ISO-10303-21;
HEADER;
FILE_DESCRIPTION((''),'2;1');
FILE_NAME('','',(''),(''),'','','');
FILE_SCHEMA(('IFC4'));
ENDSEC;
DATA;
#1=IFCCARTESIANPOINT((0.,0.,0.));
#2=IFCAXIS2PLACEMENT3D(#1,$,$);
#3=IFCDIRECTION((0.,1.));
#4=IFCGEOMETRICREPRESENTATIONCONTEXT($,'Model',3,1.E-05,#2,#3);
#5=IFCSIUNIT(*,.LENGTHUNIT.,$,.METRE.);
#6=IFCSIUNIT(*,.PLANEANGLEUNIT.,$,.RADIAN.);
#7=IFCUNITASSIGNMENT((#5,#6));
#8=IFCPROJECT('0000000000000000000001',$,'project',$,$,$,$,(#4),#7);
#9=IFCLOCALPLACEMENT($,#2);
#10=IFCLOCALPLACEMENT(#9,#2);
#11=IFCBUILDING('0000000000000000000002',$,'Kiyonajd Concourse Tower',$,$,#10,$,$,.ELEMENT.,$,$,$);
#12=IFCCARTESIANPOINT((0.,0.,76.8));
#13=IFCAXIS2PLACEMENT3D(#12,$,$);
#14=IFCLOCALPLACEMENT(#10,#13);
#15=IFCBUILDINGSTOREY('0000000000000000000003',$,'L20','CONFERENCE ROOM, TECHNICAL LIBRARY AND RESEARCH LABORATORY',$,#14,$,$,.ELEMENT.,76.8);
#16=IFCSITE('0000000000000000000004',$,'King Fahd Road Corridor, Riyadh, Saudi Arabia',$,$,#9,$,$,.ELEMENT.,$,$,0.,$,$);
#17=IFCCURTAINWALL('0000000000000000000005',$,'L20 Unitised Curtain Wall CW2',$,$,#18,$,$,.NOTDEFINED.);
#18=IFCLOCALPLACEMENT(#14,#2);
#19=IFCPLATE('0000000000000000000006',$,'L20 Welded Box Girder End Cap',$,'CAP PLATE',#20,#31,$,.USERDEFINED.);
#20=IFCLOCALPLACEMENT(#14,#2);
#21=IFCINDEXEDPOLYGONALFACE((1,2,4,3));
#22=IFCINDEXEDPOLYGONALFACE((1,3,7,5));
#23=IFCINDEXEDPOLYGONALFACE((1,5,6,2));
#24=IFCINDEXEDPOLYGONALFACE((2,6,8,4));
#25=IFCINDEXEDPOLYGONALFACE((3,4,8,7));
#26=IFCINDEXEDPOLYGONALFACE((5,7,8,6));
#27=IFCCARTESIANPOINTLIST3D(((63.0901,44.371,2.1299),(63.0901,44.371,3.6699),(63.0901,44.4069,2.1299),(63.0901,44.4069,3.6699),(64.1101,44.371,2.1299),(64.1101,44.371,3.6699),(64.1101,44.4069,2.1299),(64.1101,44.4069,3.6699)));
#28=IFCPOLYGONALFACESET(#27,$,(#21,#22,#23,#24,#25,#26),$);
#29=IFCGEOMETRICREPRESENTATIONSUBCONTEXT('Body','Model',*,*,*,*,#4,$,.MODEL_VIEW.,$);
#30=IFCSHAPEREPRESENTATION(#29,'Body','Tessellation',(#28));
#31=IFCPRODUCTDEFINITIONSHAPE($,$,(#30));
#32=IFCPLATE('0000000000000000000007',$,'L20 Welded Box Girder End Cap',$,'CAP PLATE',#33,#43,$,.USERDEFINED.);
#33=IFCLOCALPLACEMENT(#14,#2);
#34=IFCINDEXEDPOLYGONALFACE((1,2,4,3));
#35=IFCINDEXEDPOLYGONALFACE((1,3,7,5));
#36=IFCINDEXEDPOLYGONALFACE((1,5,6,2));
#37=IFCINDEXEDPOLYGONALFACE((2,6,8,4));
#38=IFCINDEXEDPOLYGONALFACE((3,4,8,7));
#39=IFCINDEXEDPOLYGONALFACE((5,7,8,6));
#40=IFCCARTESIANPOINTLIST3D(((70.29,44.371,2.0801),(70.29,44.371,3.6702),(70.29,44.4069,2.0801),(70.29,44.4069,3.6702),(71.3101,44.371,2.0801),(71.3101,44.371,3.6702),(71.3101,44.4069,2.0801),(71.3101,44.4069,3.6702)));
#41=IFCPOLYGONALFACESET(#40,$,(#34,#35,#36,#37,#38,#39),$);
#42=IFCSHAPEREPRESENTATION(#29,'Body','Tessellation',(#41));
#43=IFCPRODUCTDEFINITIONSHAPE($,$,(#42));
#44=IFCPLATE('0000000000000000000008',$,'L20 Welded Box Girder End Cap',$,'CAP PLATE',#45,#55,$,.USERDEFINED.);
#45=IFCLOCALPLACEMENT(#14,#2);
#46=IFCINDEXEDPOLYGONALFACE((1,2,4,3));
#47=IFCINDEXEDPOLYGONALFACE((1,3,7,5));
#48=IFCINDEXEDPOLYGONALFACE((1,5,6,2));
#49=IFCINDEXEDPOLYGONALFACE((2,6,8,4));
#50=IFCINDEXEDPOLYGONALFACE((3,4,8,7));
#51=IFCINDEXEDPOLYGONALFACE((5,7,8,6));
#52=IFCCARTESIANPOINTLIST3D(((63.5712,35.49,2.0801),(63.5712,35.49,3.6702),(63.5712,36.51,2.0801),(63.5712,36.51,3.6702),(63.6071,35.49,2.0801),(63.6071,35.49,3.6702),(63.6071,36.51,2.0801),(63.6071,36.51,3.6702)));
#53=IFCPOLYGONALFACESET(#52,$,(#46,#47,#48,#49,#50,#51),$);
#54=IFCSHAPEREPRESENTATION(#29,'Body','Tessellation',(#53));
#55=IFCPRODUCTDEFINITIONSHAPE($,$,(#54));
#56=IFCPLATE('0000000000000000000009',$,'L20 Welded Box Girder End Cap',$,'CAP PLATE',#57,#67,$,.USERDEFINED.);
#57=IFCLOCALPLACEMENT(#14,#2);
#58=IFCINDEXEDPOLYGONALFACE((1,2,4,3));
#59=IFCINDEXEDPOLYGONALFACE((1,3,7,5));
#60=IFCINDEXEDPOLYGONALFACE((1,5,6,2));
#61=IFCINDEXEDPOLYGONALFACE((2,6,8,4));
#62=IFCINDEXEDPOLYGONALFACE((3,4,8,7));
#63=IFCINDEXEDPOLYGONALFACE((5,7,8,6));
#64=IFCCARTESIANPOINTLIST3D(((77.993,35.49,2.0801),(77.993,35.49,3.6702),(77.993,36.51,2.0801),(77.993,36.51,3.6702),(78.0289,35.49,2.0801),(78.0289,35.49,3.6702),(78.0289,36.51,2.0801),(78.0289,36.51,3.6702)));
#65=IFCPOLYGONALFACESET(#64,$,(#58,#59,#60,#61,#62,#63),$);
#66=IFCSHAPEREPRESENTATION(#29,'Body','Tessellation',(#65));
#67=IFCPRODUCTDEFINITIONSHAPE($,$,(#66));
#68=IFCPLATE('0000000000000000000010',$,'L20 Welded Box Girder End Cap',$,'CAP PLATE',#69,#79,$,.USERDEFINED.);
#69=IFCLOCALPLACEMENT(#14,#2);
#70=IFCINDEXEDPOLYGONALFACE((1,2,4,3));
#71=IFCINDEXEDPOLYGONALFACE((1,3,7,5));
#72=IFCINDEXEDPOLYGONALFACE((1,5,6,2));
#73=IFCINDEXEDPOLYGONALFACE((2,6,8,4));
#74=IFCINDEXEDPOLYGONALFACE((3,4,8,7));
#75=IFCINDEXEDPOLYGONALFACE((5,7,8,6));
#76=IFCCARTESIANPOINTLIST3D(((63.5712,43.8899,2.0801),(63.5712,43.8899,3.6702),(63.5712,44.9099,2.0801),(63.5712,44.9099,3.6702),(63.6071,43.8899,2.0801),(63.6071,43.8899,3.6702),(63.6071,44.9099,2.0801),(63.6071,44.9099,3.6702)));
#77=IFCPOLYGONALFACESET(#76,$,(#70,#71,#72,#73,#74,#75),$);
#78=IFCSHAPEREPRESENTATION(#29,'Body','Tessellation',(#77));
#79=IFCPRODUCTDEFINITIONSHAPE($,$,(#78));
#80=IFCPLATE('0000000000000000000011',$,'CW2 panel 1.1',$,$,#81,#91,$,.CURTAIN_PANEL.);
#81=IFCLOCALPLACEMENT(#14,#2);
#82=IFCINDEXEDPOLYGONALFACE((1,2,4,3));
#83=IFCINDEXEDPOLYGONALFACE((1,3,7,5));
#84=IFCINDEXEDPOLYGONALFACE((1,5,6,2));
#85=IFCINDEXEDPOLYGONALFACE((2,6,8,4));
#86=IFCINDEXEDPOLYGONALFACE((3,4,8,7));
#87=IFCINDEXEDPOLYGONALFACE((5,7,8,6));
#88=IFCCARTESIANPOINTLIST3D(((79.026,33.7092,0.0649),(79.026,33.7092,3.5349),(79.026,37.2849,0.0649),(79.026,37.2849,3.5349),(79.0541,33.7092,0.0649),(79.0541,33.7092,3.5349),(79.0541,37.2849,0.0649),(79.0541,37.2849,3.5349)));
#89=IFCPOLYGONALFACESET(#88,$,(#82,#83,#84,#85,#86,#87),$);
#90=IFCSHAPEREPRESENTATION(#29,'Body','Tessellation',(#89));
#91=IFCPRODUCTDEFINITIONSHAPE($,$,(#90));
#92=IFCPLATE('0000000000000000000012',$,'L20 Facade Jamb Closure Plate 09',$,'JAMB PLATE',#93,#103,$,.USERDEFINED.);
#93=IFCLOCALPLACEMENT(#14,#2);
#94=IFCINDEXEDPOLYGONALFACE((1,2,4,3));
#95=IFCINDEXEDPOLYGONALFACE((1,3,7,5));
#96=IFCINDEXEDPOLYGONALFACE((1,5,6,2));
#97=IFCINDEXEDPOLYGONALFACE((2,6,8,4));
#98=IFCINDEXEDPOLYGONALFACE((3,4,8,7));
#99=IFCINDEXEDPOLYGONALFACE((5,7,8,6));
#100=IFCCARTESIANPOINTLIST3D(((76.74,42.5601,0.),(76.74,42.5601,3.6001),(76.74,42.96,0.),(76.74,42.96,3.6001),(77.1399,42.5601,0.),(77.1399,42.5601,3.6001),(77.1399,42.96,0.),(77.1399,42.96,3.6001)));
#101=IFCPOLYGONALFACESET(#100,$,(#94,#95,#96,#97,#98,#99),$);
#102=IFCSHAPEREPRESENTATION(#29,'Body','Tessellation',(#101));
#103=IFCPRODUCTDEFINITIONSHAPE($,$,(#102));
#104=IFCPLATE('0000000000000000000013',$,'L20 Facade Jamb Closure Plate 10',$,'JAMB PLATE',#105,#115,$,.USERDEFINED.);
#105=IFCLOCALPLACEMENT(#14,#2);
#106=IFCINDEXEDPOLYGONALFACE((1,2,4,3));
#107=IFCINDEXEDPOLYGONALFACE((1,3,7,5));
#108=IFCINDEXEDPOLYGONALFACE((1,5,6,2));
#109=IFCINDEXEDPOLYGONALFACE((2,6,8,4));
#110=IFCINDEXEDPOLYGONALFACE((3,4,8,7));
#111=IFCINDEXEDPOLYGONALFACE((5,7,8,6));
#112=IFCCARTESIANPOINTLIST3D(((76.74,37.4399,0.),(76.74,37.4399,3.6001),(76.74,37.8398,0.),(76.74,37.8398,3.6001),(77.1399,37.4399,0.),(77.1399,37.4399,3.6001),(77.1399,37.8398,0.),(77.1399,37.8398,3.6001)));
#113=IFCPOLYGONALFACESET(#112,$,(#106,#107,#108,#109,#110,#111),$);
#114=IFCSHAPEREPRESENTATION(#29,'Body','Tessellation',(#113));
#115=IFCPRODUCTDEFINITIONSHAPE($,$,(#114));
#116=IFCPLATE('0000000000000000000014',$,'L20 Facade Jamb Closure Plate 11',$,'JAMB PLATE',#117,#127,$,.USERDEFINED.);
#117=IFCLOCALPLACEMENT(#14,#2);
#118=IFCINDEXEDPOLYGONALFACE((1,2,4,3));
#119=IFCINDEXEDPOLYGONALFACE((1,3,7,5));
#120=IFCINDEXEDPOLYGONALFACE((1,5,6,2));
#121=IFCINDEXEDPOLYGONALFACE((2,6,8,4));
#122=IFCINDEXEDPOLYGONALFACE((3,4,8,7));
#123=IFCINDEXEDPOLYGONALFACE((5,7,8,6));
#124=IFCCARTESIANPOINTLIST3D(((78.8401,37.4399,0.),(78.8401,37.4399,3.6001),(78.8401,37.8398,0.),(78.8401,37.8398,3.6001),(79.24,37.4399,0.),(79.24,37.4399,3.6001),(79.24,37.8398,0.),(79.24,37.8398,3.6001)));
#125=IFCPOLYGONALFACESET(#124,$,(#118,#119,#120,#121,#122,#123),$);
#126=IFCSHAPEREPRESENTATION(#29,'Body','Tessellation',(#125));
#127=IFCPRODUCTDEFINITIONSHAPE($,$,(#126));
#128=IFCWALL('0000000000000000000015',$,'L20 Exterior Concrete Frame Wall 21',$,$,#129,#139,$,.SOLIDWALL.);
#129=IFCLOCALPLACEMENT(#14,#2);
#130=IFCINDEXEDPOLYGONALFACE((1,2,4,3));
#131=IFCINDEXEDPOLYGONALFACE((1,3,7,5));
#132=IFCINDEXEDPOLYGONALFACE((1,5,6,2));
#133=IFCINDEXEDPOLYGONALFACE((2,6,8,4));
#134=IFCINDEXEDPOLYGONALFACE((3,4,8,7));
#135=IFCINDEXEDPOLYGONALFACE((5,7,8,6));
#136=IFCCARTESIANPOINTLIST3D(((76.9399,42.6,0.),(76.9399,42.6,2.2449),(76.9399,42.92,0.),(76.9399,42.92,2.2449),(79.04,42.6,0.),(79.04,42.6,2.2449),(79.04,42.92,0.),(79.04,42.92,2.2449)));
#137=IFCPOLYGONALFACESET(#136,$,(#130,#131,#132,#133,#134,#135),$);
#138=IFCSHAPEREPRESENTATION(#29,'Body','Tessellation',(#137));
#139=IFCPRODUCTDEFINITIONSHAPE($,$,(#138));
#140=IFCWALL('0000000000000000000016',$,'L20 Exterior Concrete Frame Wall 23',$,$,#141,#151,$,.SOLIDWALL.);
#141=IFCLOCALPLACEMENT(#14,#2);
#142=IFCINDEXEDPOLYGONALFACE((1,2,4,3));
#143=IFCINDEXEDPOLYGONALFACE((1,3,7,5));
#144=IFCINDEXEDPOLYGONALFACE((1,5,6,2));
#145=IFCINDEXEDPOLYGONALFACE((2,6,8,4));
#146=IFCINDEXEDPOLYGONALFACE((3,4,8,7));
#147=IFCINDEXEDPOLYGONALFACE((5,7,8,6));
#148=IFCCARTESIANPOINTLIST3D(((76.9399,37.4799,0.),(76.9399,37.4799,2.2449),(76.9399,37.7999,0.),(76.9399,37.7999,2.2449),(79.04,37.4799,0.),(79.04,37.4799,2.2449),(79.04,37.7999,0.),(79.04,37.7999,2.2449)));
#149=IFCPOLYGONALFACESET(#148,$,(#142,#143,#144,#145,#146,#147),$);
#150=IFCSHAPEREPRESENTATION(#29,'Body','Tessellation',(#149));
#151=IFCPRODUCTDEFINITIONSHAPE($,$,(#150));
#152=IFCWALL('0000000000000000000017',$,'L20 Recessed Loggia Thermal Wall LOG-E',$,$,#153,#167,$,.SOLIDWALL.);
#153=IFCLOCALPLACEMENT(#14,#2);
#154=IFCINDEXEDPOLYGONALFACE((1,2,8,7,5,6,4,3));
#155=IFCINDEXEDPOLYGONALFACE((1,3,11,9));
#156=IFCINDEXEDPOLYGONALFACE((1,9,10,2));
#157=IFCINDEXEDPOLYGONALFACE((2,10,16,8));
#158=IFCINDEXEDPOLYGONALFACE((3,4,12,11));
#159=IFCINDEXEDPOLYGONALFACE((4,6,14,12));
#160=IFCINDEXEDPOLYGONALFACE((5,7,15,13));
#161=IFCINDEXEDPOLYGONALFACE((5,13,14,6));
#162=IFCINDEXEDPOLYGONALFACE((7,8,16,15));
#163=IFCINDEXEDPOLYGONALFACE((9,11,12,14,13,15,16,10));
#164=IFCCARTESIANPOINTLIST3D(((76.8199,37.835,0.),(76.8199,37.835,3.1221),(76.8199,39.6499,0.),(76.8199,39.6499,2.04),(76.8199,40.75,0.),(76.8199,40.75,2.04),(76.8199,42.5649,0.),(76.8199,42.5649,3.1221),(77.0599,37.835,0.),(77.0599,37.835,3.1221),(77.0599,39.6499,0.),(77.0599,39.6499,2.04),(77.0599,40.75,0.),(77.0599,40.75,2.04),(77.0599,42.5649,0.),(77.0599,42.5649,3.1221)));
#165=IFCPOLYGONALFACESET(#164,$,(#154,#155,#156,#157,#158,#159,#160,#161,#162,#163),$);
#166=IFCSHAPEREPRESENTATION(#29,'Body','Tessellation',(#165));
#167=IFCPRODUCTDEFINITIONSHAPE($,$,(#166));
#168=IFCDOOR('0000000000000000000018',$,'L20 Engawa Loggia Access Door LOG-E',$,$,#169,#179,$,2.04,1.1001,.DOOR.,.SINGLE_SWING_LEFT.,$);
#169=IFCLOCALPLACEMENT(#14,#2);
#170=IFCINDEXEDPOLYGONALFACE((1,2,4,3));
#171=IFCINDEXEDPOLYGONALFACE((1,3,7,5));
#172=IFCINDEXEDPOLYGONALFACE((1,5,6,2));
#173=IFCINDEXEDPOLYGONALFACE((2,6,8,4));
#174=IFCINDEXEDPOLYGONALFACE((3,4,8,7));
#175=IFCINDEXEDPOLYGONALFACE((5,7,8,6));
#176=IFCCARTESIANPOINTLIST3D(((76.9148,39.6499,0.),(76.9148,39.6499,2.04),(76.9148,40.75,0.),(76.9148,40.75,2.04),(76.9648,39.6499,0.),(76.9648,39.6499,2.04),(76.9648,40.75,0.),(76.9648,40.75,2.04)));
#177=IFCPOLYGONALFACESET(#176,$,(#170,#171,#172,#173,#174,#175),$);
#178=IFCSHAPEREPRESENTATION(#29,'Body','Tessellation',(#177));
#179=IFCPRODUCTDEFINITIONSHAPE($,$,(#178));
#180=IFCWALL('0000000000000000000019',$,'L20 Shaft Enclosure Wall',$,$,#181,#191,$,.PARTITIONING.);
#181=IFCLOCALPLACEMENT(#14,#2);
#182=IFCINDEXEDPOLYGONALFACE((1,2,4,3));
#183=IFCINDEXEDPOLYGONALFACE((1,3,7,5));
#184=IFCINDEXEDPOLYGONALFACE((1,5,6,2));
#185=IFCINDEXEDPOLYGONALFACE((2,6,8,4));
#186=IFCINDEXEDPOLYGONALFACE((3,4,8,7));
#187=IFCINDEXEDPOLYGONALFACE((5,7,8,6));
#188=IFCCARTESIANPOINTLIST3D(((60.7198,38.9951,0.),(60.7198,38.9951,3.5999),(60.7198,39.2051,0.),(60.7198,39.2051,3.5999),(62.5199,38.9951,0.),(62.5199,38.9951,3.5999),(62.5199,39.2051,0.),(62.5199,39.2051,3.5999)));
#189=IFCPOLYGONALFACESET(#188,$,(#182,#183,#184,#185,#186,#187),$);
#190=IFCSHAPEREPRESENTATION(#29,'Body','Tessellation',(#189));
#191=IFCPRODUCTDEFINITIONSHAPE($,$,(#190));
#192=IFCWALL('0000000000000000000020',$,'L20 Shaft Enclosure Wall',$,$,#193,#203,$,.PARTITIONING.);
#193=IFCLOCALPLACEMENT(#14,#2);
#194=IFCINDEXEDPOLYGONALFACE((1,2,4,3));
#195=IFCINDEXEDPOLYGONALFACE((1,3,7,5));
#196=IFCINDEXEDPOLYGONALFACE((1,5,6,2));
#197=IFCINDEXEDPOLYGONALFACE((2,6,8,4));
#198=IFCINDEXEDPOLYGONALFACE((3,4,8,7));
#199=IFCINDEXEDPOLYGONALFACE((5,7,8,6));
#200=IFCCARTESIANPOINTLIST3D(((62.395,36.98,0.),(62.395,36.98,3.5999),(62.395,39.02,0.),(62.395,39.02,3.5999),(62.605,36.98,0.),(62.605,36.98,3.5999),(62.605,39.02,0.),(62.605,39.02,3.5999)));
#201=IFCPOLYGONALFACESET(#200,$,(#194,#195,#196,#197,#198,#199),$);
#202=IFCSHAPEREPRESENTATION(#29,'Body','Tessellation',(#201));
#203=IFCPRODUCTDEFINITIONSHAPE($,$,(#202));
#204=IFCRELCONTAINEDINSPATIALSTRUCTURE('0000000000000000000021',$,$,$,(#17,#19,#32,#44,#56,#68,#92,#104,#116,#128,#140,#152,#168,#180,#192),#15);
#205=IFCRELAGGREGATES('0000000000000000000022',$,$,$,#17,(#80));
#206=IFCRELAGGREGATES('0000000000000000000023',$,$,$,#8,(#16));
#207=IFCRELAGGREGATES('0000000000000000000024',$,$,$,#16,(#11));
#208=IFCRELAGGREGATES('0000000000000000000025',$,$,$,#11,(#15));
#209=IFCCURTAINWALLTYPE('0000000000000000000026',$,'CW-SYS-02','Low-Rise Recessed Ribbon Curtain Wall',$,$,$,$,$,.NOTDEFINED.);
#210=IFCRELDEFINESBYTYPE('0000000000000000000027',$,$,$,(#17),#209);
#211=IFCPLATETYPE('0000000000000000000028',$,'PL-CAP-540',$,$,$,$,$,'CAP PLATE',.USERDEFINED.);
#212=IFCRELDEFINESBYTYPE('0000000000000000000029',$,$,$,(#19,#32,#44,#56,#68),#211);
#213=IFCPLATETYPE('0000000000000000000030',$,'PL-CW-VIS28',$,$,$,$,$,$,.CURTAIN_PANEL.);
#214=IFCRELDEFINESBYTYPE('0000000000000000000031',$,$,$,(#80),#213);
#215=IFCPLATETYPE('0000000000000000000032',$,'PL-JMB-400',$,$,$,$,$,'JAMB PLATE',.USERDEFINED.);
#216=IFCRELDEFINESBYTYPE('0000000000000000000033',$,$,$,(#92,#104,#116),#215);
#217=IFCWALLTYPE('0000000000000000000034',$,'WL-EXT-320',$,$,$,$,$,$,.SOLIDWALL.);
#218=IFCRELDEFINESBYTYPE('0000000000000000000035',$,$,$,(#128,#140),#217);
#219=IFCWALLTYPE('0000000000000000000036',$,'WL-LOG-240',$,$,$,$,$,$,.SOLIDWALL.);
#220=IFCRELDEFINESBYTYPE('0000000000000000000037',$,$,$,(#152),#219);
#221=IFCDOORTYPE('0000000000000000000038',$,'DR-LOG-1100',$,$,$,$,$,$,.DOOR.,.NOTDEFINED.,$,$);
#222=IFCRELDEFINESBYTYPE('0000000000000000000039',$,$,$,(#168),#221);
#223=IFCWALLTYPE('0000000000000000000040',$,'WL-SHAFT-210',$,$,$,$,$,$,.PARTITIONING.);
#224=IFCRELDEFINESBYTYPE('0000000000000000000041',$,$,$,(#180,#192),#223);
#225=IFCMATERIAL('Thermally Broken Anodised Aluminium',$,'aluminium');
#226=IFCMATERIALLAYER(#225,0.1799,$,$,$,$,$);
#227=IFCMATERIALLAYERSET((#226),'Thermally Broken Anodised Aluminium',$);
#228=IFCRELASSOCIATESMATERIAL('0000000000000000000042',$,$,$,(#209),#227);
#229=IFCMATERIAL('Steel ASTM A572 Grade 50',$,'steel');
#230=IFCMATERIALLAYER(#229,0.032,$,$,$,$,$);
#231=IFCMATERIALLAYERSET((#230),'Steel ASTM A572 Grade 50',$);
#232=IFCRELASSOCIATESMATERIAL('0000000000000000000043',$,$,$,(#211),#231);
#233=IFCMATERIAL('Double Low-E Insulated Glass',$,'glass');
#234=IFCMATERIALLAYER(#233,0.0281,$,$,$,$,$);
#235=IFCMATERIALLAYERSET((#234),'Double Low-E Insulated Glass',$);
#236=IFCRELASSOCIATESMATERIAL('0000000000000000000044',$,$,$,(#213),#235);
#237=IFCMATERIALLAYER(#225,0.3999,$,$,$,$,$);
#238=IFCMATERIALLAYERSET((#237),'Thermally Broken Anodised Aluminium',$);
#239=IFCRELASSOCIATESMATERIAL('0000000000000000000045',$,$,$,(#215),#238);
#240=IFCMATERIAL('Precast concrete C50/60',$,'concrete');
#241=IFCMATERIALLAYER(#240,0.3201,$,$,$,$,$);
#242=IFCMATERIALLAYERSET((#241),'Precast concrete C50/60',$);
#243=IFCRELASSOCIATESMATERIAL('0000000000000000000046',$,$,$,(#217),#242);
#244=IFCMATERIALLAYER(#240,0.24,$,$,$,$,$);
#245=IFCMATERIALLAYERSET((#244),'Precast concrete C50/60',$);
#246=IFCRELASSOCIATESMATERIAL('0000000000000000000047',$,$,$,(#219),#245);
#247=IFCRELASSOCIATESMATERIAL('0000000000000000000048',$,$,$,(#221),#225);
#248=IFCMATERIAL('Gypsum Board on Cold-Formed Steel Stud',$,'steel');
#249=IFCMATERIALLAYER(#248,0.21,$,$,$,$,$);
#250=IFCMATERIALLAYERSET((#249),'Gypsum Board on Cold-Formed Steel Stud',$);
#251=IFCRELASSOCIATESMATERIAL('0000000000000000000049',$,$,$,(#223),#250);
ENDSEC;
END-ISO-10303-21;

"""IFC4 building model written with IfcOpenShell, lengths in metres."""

from ifc_helpers import new_model, si_unit, direction, frame, frame_2d, origin, origin_2d, place, context, subcontext, project, spatial, rectangle, extrude, material, layer, layer_set, type_object, element, fill, aggregate, save


model = new_model("IFC4")

# Units and contexts
model_context = context("Model", 3, precision=1e-05, world=origin(), true_north=direction((0.0, 1.0)))
body_context = subcontext(model_context, "Body", "Model", "MODEL_VIEW")
ifc_project = project(units=[si_unit("LENGTHUNIT", "METRE"), si_unit("PLANEANGLEUNIT", "RADIAN")], contexts=[model_context])

# Site, building, storey
site_placement = place(None, origin())
site = spatial("IfcSite", under=ifc_project, at=site_placement, Name="King Fahd Road Corridor, Riyadh, Saudi Arabia", CompositionType="ELEMENT", RefElevation=0.0)
building_placement = place(site_placement, origin())
building = spatial("IfcBuilding", under=site, at=building_placement, Name="Kiyonajd Concourse Tower", CompositionType="ELEMENT")
storey_placement = place(building_placement, frame((0.0, 0.0, 76.8)))
storey = spatial("IfcBuildingStorey", under=building, at=storey_placement, Name="L20", Description="CONFERENCE ROOM, TECHNICAL LIBRARY AND RESEARCH LABORATORY", CompositionType="ELEMENT", Elevation=76.8)

# Shared definitions
ifc_material_1 = material(Name="Steel ASTM A572 Grade 50", Category="steel")

# Curtain wall
ifc_material_2 = material(Name="Thermally Broken Anodised Aluminium", Category="aluminium")
ifc_layer_1 = layer(ifc_material_2, 0.1799)
ifc_layer_set_1 = layer_set([ifc_layer_1], Name="Thermally Broken Anodised Aluminium")
curtain_wall_type = type_object("IfcCurtainWallType", Name="CW-SYS-02", Description="Low-Rise Recessed Ribbon Curtain Wall", PredefinedType="NOTDEFINED", material=ifc_layer_set_1)
curtain_wall_placement = place(storey_placement, origin())
curtain_wall = element("IfcCurtainWall", 1, at=curtain_wall_placement, inside=storey, type_object=curtain_wall_type, Name="L20 Unitised Curtain Wall CW2", PredefinedType="NOTDEFINED")

# Plates
ifc_layer_2 = layer(ifc_material_1, 0.032)
ifc_layer_set_2 = layer_set([ifc_layer_2], Name="Steel ASTM A572 Grade 50")
plate_type_1 = type_object("IfcPlateType", Name="PL-CAP-540", ElementType="CAP PLATE", PredefinedType="USERDEFINED", material=ifc_layer_set_2)
plate_1_placement = place(storey_placement, frame((63.6001, 44.3889, 2.1299), z_axis=(0.0, 0.0, 1.0), x_axis=(0.0, -1.0, 0.0)))
element("IfcPlate", 2, at=plate_1_placement, inside=storey, type_object=plate_type_1, Name="L20 Welded Box Girder End Cap", ObjectType="CAP PLATE", PredefinedType="USERDEFINED", context=body_context, shape_type="SweptSolid", body=[
    extrude(rectangle(XDim=0.0359, YDim=1.02, at=origin_2d()), origin(), (0.0, 0.0, 1.0), 1.54),
])
for number, where, z_axis, x_axis, name in (
    (3, (70.8, 44.3889, 2.0801), (0.0, 0.0, 1.0), (0.0, -1.0, 0.0), "L20 Welded Box Girder End Cap"),
    (4, (63.5891, 36.0, 2.0801), (0.0, 0.0, 1.0), (-1.0, 0.0, 0.0), "L20 Welded Box Girder End Cap"),
    (5, (78.011, 36.0, 2.0801), (0.0, 0.0, 1.0), (1.0, 0.0, 0.0), "L20 Welded Box Girder End Cap"),
    (6, (63.5891, 44.3999, 2.0801), (0.0, 0.0, 1.0), (-1.0, 0.0, 0.0), "L20 Welded Box Girder End Cap"),
):
    element("IfcPlate", number, at=place(storey_placement, frame(where, z_axis=z_axis, x_axis=x_axis)), inside=storey, type_object=plate_type_1, Name=name, ObjectType="CAP PLATE", PredefinedType="USERDEFINED", context=body_context, shape_type="SweptSolid", body=[
        extrude(rectangle(XDim=0.0359, YDim=1.02, at=origin_2d()), origin(), (0.0, 0.0, 1.0), 1.5901),
    ])

# Plate
ifc_material_3 = material(Name="Double Low-E Insulated Glass", Category="glass")
ifc_layer_3 = layer(ifc_material_3, 0.0281)
ifc_layer_set_3 = layer_set([ifc_layer_3], Name="Double Low-E Insulated Glass")
plate_type_2 = type_object("IfcPlateType", Name="PL-CW-VIS28", PredefinedType="CURTAIN_PANEL", material=ifc_layer_set_3)
plate_2_placement = place(storey_placement, frame((79.04, 35.4971, 0.0649), z_axis=(0.0, 0.0, 1.0), x_axis=(0.0, -1.0, 0.0)))
plate_2 = element("IfcPlate", 7, at=plate_2_placement, type_object=plate_type_2, Name="CW2 panel 1.1", PredefinedType="CURTAIN_PANEL", context=body_context, shape_type="SweptSolid", body=[
    extrude(rectangle(XDim=3.5757, YDim=0.0281, at=origin_2d()), origin(), (0.0, 0.0, 1.0), 3.47),
])
aggregate(curtain_wall, [plate_2])

# Plates
ifc_layer_4 = layer(ifc_material_2, 0.3999)
ifc_layer_set_4 = layer_set([ifc_layer_4], Name="Thermally Broken Anodised Aluminium")
plate_type_3 = type_object("IfcPlateType", Name="PL-JMB-400", ElementType="JAMB PLATE", PredefinedType="USERDEFINED", material=ifc_layer_set_4)
for number, where, z_axis, x_axis, name in (
    (8, (76.9399, 42.76, 0.0), (0.0, 0.0, 1.0), (1.0, 0.0, 0.0), "L20 Facade Jamb Closure Plate 09"),
    (9, (76.9399, 37.6399, 0.0), (0.0, 0.0, 1.0), (1.0, 0.0, 0.0), "L20 Facade Jamb Closure Plate 10"),
    (10, (79.04, 37.6399, 0.0), (0.0, 0.0, 1.0), (1.0, 0.0, 0.0), "L20 Facade Jamb Closure Plate 11"),
):
    element("IfcPlate", number, at=place(storey_placement, frame(where, z_axis=z_axis, x_axis=x_axis)), inside=storey, type_object=plate_type_3, Name=name, ObjectType="JAMB PLATE", PredefinedType="USERDEFINED", context=body_context, shape_type="SweptSolid", body=[
        extrude(rectangle(XDim=0.3999, YDim=0.3999, at=origin_2d()), origin(), (0.0, 0.0, 1.0), 3.6001),
    ])

# Walls
ifc_material_4 = material(Name="Precast concrete C50/60", Category="concrete")
ifc_layer_5 = layer(ifc_material_4, 0.3201)
ifc_layer_set_5 = layer_set([ifc_layer_5], Name="Precast concrete C50/60")
wall_type_1 = type_object("IfcWallType", Name="WL-EXT-320", PredefinedType="SOLIDWALL", material=ifc_layer_set_5)
for number, where, z_axis, x_axis, name in (
    (11, (79.04, 42.76, 0.0), (0.0, 0.0, 1.0), (-1.0, 0.0, 0.0), "L20 Exterior Concrete Frame Wall 21"),
    (12, (76.9399, 37.6399, 0.0), (0.0, 0.0, 1.0), (1.0, 0.0, 0.0), "L20 Exterior Concrete Frame Wall 23"),
):
    element("IfcWall", number, at=place(storey_placement, frame(where, z_axis=z_axis, x_axis=x_axis)), inside=storey, type_object=wall_type_1, Name=name, PredefinedType="SOLIDWALL", context=body_context, shape_type="SweptSolid", body=[
        extrude(rectangle(XDim=2.1001, YDim=0.3201, at=frame_2d((1.05, 0.0))), origin(), (0.0, 0.0, 1.0), 2.2449),
    ])

# Wall, opening, door
ifc_layer_6 = layer(ifc_material_4, 0.24)
ifc_layer_set_6 = layer_set([ifc_layer_6], Name="Precast concrete C50/60")
wall_type_2 = type_object("IfcWallType", Name="WL-LOG-240", PredefinedType="SOLIDWALL", material=ifc_layer_set_6)
wall_1_placement = place(storey_placement, frame((76.9399, 42.5649, 0.0), z_axis=(0.0, 0.0, 1.0), x_axis=(0.0, -1.0, 0.0)))
wall_1 = element("IfcWall", 13, at=wall_1_placement, inside=storey, type_object=wall_type_2, Name="L20 Recessed Loggia Thermal Wall LOG-E", PredefinedType="SOLIDWALL", context=body_context, shape_type="SweptSolid", body=[
    extrude(rectangle(XDim=4.73, YDim=0.24, at=frame_2d((2.365, 0.0))), origin(), (0.0, 0.0, 1.0), 3.1221),
])
opening_placement = place(wall_1_placement, frame((1.8149, 0.0, 0.0)))
opening = element("IfcOpeningElement", 14, at=opening_placement, cuts=wall_1, PredefinedType="OPENING", context=body_context, shape_type="SweptSolid", body=[
    extrude(rectangle(XDim=1.1001, YDim=2.04, at=frame_2d((0.55, 1.02))), frame((0.0, 0.1299, 0.0), z_axis=(0.0, -1.0, 0.0), x_axis=(1.0, 0.0, 0.0)), (0.0, 0.0, 1.0), 0.26),
])
door_type = type_object("IfcDoorType", Name="DR-LOG-1100", OperationType="NOTDEFINED", PredefinedType="DOOR", material=ifc_material_2)
door_placement = place(opening_placement, origin())
door = element("IfcDoor", 15, at=door_placement, inside=storey, type_object=door_type, Name="L20 Engawa Loggia Access Door LOG-E", OperationType="SINGLE_SWING_LEFT", OverallHeight=2.04, OverallWidth=1.1001, PredefinedType="DOOR", context=body_context, shape_type="SweptSolid", body=[
    extrude(rectangle(XDim=1.1001, YDim=2.04, at=frame_2d((0.55, 1.02))), frame((0.0, 0.0249, 0.0), z_axis=(0.0, -1.0, 0.0), x_axis=(1.0, 0.0, 0.0)), (0.0, 0.0, 1.0), 0.05),
])
fill(opening, door)

# Walls
ifc_material_5 = material(Name="Gypsum Board on Cold-Formed Steel Stud", Category="steel")
ifc_layer_7 = layer(ifc_material_5, 0.21)
ifc_layer_set_7 = layer_set([ifc_layer_7], Name="Gypsum Board on Cold-Formed Steel Stud")
wall_type_3 = type_object("IfcWallType", Name="WL-SHAFT-210", PredefinedType="PARTITIONING", material=ifc_layer_set_7)
wall_2_placement = place(storey_placement, frame((60.72, 39.1001, 0.0), z_axis=(0.0, 0.0, 1.0), x_axis=(1.0, 0.0, 0.0)))
element("IfcWall", 16, at=wall_2_placement, inside=storey, type_object=wall_type_3, Name="L20 Shaft Enclosure Wall", PredefinedType="PARTITIONING", context=body_context, shape_type="SweptSolid", body=[
    extrude(rectangle(XDim=1.8, YDim=0.21, at=frame_2d((0.8999, 0.0))), origin(), (0.0, 0.0, 1.0), 3.5999),
])
wall_3_placement = place(storey_placement, frame((62.5, 36.98, 0.0), z_axis=(0.0, 0.0, 1.0), x_axis=(0.0, 1.0, 0.0)))
element("IfcWall", 17, at=wall_3_placement, inside=storey, type_object=wall_type_3, Name="L20 Shaft Enclosure Wall", PredefinedType="PARTITIONING", context=body_context, shape_type="SweptSolid", body=[
    extrude(rectangle(XDim=2.04, YDim=0.21, at=frame_2d((1.02, 0.0))), origin(), (0.0, 0.0, 1.0), 3.5999),
])

save(model, "model.ifc")
